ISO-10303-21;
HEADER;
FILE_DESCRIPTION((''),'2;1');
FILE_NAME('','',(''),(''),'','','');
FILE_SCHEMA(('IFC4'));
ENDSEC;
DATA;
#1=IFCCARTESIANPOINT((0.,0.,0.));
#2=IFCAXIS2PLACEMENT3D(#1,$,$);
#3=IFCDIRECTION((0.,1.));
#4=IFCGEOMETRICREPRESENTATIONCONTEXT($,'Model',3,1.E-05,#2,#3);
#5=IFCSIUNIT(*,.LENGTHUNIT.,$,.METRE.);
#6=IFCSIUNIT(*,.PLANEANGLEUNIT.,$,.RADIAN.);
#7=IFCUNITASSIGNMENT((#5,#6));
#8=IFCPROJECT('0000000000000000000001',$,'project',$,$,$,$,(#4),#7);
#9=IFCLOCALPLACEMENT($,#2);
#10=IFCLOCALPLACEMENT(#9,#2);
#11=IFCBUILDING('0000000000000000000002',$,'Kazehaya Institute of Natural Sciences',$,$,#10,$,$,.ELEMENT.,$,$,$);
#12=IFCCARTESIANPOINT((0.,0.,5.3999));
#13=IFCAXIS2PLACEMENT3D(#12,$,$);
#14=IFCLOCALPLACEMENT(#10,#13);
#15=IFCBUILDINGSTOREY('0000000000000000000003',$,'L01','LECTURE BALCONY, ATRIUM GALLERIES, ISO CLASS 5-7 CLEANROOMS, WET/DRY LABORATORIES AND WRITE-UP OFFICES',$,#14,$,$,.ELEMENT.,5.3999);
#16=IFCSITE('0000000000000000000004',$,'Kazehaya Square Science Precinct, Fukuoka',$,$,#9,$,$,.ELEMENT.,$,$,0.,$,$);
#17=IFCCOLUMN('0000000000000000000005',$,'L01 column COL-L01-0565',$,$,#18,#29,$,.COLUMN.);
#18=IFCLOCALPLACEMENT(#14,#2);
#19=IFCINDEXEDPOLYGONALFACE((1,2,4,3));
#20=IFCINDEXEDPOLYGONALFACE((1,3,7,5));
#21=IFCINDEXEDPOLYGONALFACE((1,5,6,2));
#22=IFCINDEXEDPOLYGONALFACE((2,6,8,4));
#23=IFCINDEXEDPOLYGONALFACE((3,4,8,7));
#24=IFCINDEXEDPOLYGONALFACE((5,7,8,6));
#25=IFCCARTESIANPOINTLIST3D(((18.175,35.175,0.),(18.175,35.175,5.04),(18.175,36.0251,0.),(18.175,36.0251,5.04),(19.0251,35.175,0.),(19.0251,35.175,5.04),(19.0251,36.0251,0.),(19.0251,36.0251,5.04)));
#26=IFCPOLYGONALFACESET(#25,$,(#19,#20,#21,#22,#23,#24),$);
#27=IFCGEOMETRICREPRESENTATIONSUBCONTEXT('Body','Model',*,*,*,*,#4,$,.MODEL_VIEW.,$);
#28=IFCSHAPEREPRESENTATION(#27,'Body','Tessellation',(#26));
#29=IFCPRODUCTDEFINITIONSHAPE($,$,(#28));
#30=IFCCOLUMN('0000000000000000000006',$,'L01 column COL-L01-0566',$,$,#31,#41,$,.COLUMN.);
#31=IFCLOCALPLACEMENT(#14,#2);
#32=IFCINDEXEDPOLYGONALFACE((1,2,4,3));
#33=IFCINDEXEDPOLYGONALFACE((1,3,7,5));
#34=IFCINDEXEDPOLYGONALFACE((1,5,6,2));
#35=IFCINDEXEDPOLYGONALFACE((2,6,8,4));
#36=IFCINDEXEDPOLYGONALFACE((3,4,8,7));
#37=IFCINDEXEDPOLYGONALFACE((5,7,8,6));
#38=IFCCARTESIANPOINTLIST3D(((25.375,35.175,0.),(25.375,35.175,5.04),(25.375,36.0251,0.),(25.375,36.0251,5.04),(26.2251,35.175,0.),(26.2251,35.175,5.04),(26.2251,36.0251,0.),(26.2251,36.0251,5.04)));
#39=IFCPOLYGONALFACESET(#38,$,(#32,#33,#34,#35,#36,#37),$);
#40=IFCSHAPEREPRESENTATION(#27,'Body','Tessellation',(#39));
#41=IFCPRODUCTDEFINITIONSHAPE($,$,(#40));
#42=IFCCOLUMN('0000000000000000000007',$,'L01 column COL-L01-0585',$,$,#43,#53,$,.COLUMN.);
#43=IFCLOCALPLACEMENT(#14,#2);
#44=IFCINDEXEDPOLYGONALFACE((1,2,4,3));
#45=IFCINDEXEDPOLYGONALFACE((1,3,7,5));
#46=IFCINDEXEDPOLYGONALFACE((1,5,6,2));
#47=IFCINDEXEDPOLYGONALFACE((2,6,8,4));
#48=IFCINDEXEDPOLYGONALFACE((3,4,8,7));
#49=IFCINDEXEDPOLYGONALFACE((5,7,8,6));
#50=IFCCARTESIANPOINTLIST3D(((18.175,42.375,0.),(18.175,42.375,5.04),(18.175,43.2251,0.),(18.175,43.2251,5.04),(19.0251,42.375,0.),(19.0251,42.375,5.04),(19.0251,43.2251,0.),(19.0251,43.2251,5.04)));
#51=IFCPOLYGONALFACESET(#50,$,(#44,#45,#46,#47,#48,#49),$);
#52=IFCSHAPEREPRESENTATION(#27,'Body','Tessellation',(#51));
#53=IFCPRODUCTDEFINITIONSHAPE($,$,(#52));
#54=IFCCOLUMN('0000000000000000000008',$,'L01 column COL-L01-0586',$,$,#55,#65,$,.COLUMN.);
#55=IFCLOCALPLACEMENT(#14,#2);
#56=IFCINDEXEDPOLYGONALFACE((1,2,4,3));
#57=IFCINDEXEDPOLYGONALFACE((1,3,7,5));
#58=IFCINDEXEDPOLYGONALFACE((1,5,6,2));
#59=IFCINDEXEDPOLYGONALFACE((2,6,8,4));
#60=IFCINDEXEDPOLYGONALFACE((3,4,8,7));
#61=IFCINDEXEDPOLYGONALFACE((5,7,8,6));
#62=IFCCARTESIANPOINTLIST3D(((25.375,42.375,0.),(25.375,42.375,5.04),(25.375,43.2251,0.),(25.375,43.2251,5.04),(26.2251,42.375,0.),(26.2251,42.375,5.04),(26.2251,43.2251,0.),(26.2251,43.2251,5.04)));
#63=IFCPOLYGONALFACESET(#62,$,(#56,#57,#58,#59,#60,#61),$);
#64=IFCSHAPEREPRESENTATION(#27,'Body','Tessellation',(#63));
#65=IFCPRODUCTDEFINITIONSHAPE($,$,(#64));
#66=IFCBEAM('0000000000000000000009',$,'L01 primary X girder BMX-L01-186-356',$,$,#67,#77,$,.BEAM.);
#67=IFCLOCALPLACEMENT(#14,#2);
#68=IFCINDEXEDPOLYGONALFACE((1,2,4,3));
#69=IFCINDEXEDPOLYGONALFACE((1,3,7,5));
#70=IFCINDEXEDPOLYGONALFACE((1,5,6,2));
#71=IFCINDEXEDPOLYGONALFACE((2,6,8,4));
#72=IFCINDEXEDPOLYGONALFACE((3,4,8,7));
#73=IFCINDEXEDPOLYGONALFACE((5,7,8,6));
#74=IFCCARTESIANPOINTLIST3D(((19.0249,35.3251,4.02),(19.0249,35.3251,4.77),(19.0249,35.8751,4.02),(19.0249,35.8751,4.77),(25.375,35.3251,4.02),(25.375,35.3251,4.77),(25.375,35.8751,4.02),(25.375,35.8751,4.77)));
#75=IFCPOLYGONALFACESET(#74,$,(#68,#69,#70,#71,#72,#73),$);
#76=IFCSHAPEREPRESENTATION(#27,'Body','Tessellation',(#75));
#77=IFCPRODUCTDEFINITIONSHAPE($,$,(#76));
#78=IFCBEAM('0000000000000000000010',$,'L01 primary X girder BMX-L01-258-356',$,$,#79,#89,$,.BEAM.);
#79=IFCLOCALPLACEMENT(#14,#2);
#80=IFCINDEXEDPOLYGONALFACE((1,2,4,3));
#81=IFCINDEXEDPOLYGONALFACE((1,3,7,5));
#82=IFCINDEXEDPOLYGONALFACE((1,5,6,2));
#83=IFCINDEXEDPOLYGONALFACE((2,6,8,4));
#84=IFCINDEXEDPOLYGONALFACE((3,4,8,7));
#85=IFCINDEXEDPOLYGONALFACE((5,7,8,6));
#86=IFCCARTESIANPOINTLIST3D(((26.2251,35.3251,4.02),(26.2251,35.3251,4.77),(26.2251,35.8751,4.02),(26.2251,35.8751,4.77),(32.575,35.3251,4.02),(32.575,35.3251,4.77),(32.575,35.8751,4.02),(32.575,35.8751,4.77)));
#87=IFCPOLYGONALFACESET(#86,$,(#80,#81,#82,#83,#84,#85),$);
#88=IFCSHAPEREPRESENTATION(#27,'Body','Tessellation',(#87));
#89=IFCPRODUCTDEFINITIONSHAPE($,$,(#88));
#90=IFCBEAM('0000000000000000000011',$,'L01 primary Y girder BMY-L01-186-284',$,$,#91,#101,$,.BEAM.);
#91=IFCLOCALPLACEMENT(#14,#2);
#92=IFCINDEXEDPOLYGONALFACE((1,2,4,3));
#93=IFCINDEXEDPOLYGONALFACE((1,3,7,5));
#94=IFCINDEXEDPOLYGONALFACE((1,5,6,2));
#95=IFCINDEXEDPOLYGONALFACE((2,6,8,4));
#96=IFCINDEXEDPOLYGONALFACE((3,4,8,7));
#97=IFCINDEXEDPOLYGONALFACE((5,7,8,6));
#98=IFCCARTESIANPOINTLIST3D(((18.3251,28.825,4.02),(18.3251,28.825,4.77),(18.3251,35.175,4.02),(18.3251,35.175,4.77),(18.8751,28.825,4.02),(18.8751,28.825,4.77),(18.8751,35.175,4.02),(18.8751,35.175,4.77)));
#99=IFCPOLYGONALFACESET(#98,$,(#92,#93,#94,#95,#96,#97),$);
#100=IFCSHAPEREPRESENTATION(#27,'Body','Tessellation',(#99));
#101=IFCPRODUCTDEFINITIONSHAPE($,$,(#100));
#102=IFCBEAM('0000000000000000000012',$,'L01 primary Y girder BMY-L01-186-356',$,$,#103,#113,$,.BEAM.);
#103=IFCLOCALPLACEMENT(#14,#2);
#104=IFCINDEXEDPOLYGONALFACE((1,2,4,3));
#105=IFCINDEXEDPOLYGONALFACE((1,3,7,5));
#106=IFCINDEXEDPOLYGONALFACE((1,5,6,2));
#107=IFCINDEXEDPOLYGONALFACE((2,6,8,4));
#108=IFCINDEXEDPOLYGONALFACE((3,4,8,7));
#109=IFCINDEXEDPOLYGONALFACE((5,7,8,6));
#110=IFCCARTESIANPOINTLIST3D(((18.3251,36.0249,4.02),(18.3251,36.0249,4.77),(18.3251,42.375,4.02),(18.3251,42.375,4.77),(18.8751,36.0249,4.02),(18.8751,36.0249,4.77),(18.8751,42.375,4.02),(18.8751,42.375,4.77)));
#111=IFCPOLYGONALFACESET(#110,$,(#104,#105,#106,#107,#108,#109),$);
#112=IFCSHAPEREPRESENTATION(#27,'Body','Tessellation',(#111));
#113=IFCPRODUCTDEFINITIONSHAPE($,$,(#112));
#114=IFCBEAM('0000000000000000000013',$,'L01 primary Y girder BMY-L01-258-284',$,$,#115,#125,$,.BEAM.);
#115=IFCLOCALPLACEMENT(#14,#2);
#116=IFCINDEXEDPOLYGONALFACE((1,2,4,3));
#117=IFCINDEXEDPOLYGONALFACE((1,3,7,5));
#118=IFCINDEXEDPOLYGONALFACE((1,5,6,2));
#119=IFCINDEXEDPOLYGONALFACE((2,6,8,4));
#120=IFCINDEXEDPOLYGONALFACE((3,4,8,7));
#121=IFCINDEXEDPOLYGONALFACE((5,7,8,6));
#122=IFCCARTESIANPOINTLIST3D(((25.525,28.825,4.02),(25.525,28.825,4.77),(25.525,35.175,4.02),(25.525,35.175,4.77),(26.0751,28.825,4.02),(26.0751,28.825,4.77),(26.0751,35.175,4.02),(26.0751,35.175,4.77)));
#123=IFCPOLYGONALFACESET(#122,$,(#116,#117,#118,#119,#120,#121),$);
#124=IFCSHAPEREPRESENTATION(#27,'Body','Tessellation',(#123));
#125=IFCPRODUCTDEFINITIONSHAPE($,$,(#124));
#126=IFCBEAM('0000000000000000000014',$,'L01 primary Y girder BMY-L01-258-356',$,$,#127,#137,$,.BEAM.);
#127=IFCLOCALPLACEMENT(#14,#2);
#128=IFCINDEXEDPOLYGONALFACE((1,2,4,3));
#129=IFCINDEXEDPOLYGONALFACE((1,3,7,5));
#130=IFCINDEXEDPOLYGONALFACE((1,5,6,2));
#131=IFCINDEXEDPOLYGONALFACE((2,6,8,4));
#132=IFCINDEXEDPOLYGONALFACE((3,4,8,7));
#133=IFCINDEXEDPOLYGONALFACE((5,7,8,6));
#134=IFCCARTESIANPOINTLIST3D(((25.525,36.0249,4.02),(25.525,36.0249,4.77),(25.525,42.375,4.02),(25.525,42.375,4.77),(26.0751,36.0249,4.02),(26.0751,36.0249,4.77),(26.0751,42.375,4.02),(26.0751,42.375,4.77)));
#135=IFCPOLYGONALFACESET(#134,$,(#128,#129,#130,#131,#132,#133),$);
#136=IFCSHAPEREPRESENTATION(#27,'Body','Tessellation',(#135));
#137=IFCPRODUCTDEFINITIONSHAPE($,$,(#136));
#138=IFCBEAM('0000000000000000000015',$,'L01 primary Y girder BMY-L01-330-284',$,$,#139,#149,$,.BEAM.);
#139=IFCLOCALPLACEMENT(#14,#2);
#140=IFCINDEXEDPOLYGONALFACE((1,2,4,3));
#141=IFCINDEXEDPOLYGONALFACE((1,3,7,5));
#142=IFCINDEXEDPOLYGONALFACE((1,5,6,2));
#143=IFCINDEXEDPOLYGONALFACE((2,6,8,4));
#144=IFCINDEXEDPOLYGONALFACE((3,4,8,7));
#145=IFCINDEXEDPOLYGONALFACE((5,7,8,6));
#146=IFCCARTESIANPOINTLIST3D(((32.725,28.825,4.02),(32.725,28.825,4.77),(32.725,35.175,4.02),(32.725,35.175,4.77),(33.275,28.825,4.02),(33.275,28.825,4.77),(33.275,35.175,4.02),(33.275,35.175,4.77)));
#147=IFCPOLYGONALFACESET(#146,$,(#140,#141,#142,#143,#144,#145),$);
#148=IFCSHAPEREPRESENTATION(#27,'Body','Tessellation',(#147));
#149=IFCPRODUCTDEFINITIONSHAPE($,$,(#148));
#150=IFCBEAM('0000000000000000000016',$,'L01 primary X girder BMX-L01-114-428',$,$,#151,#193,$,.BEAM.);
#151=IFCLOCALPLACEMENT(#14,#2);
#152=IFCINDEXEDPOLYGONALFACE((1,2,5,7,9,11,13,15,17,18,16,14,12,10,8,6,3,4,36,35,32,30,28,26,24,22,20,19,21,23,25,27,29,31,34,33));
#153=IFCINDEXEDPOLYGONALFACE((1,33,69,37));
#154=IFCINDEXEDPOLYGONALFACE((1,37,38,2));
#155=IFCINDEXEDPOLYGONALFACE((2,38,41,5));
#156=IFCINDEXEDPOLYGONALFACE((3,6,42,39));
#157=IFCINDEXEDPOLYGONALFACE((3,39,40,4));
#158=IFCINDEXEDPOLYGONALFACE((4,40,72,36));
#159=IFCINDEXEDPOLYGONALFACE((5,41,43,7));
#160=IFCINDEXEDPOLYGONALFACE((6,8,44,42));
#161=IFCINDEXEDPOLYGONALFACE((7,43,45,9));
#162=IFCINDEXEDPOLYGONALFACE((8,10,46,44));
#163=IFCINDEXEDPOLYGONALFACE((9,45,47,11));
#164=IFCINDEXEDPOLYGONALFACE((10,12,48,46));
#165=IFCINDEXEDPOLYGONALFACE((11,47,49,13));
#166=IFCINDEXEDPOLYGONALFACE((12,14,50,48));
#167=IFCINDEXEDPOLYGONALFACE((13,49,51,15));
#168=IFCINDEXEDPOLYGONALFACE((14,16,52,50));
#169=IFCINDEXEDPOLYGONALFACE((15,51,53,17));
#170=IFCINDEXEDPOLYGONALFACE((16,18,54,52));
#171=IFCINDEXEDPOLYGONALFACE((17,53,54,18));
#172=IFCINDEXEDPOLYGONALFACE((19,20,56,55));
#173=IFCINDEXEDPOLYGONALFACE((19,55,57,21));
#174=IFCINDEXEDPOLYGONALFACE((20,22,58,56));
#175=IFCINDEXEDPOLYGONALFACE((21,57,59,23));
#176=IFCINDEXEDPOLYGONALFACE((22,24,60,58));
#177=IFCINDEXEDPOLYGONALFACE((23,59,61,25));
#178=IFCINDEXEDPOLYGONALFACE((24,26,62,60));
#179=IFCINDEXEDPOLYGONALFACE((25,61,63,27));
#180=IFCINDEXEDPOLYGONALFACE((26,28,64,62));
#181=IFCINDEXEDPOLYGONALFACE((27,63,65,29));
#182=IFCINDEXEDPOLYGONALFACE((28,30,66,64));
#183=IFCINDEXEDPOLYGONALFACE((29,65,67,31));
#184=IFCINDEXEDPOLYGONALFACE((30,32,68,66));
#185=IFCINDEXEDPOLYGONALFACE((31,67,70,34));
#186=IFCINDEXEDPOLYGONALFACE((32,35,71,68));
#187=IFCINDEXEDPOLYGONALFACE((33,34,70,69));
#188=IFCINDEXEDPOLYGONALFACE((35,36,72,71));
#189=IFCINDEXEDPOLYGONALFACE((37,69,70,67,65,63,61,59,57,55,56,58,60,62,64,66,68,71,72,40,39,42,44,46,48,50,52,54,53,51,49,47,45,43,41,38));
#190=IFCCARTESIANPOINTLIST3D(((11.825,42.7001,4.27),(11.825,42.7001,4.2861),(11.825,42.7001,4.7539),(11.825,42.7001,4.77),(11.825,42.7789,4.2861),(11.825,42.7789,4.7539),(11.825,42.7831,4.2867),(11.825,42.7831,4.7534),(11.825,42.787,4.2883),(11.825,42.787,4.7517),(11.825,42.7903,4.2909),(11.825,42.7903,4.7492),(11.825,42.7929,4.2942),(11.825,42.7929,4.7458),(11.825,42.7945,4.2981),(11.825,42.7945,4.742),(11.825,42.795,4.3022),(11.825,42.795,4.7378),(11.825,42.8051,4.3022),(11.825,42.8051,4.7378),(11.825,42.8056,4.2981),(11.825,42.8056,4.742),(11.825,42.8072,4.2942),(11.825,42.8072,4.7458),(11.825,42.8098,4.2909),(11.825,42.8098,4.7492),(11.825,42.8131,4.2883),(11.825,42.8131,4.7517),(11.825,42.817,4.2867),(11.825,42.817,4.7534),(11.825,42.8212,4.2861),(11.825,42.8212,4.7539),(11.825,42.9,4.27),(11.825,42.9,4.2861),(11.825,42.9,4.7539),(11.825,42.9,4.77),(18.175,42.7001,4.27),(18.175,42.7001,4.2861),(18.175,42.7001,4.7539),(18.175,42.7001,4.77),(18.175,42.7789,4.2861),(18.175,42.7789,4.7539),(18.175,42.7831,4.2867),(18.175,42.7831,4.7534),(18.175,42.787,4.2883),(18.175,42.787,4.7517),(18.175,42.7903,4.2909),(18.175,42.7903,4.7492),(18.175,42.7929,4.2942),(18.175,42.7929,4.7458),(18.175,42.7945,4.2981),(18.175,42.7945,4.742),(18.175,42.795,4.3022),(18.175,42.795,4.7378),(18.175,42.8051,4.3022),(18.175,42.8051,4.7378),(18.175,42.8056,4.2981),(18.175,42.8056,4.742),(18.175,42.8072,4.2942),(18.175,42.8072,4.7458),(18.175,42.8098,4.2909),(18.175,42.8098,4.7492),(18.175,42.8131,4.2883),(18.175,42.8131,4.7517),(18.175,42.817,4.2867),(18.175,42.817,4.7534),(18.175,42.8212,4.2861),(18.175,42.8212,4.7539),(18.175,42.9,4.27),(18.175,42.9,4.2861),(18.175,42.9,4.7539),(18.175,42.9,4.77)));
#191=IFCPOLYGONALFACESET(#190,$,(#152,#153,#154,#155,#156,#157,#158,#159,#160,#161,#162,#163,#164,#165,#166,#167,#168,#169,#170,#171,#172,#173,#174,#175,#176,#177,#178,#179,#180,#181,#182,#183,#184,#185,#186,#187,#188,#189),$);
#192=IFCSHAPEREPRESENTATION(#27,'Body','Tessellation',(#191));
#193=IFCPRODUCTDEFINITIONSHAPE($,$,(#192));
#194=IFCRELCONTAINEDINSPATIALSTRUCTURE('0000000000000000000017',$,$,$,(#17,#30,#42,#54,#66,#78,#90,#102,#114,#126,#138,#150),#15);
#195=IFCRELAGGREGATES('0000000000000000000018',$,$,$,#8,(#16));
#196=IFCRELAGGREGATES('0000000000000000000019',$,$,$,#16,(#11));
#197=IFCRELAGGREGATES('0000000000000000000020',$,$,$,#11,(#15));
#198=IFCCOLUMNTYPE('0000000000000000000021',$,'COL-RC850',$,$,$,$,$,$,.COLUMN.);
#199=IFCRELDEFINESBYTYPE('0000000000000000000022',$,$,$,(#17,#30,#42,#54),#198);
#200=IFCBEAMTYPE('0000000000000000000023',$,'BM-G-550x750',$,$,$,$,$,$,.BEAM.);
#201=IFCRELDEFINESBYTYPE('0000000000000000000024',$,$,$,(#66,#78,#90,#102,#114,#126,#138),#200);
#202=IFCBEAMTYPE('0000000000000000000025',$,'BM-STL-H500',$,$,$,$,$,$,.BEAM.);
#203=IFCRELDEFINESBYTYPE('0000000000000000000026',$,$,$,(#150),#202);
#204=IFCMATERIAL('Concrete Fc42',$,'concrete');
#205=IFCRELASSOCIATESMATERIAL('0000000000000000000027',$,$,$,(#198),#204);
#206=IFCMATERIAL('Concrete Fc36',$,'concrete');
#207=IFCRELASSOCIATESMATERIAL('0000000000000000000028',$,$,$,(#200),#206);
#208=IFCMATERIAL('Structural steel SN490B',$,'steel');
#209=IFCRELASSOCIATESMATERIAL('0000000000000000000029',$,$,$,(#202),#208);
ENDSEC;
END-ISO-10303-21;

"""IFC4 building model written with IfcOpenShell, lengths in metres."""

from ifc_helpers import new_model, si_unit, direction, frame, origin, origin_2d, place, context, subcontext, project, spatial, rectangle, i_section, extrude, material, material_profile, profile_set, type_object, element, save


model = new_model("IFC4")

# Units and contexts
model_context = context("Model", 3, precision=1e-05, world=origin(), true_north=direction((0.0, 1.0)))
body_context = subcontext(model_context, "Body", "Model", "MODEL_VIEW")
ifc_project = project(units=[si_unit("LENGTHUNIT", "METRE"), si_unit("PLANEANGLEUNIT", "RADIAN")], contexts=[model_context])

# Site, building, storey
site_placement = place(None, origin())
site = spatial("IfcSite", under=ifc_project, at=site_placement, Name="Kazehaya Square Science Precinct, Fukuoka", CompositionType="ELEMENT", RefElevation=0.0)
building_placement = place(site_placement, origin())
building = spatial("IfcBuilding", under=site, at=building_placement, Name="Kazehaya Institute of Natural Sciences", CompositionType="ELEMENT")
storey_placement = place(building_placement, frame((0.0, 0.0, 5.3999)))
storey = spatial("IfcBuildingStorey", under=building, at=storey_placement, Name="L01", Description="LECTURE BALCONY, ATRIUM GALLERIES, ISO CLASS 5-7 CLEANROOMS, WET/DRY LABORATORIES AND WRITE-UP OFFICES", CompositionType="ELEMENT", Elevation=5.3999)

# Columns
ifc_material_1 = material(Name="Concrete Fc42", Category="concrete")
ifc_material_profile_1 = material_profile(ifc_material_1, rectangle(XDim=0.8501, YDim=0.8501, at=origin_2d()), Name="RC-850x850")
ifc_profile_set_1 = profile_set([ifc_material_profile_1], Name="Concrete Fc42")
column_type = type_object("IfcColumnType", Name="COL-RC850", PredefinedType="COLUMN", material=ifc_profile_set_1)
for number, where, z_axis, x_axis, name in (
    (1, (18.6001, 35.6001, 0.0), (0.0, 0.0, 1.0), (1.0, 0.0, 0.0), "L01 column COL-L01-0565"),
    (2, (25.8, 35.6001, 0.0), (0.0, 0.0, 1.0), (1.0, 0.0, 0.0), "L01 column COL-L01-0566"),
    (3, (18.6001, 42.8, 0.0), (0.0, 0.0, 1.0), (1.0, 0.0, 0.0), "L01 column COL-L01-0585"),
    (4, (25.8, 42.8, 0.0), (0.0, 0.0, 1.0), (1.0, 0.0, 0.0), "L01 column COL-L01-0586"),
):
    element("IfcColumn", number, at=place(storey_placement, frame(where, z_axis=z_axis, x_axis=x_axis)), inside=storey, type_object=column_type, Name=name, PredefinedType="COLUMN", context=body_context, shape_type="SweptSolid", body=[
        extrude(rectangle(XDim=0.8501, YDim=0.8501, at=origin_2d()), origin(), (0.0, 0.0, 1.0), 5.04),
    ])

# Beams
ifc_material_2 = material(Name="Concrete Fc36", Category="concrete")
ifc_material_profile_2 = material_profile(ifc_material_2, rectangle(XDim=0.55, YDim=0.75, at=origin_2d()), Name="RC-550x750")
ifc_profile_set_2 = profile_set([ifc_material_profile_2], Name="Concrete Fc36")
beam_type_1 = type_object("IfcBeamType", Name="BM-G-550x750", PredefinedType="BEAM", material=ifc_profile_set_2)
beam_1_placement = place(storey_placement, frame((19.0249, 35.6001, 4.395), z_axis=(1.0, 0.0, 0.0), x_axis=(0.0, 1.0, 0.0)))
element("IfcBeam", 5, at=beam_1_placement, inside=storey, type_object=beam_type_1, Name="L01 primary X girder BMX-L01-186-356", PredefinedType="BEAM", context=body_context, shape_type="SweptSolid", body=[
    extrude(rectangle(XDim=0.55, YDim=0.75, at=origin_2d()), origin(), (0.0, 0.0, 1.0), 6.3501),
])
beam_2_placement = place(storey_placement, frame((26.2251, 35.6001, 4.395), z_axis=(1.0, 0.0, 0.0), x_axis=(0.0, 1.0, 0.0)))
element("IfcBeam", 6, at=beam_2_placement, inside=storey, type_object=beam_type_1, Name="L01 primary X girder BMX-L01-258-356", PredefinedType="BEAM", context=body_context, shape_type="SweptSolid", body=[
    extrude(rectangle(XDim=0.55, YDim=0.75, at=origin_2d()), origin(), (0.0, 0.0, 1.0), 6.3499),
])
for number, where, z_axis, x_axis, name in (
    (7, (18.6001, 28.825, 4.395), (0.0, 1.0, 0.0), (-1.0, 0.0, 0.0), "L01 primary Y girder BMY-L01-186-284"),
    (8, (18.6001, 36.0249, 4.395), (0.0, 1.0, 0.0), (-1.0, 0.0, 0.0), "L01 primary Y girder BMY-L01-186-356"),
    (9, (25.8, 28.825, 4.395), (0.0, 1.0, 0.0), (-1.0, 0.0, 0.0), "L01 primary Y girder BMY-L01-258-284"),
    (10, (25.8, 36.0249, 4.395), (0.0, 1.0, 0.0), (-1.0, 0.0, 0.0), "L01 primary Y girder BMY-L01-258-356"),
    (11, (33.0, 28.825, 4.395), (0.0, 1.0, 0.0), (-1.0, 0.0, 0.0), "L01 primary Y girder BMY-L01-330-284"),
):
    element("IfcBeam", number, at=place(storey_placement, frame(where, z_axis=z_axis, x_axis=x_axis)), inside=storey, type_object=beam_type_1, Name=name, PredefinedType="BEAM", context=body_context, shape_type="SweptSolid", body=[
        extrude(rectangle(XDim=0.55, YDim=0.75, at=origin_2d()), origin(), (0.0, 0.0, 1.0), 6.3501),
    ])
ifc_material_3 = material(Name="Structural steel SN490B", Category="steel")
ifc_material_profile_3 = material_profile(ifc_material_3, i_section(OverallWidth=0.2, OverallDepth=0.5, WebThickness=0.01, FlangeThickness=0.0161, FilletRadius=0.0161, at=origin_2d()), Name="H-500x200x10x16")
ifc_profile_set_3 = profile_set([ifc_material_profile_3], Name="Structural steel SN490B")
beam_type_2 = type_object("IfcBeamType", Name="BM-STL-H500", PredefinedType="BEAM", material=ifc_profile_set_3)
for number, where, z_axis, x_axis, name in (
    (12, (11.825, 42.8, 4.52), (1.0, 0.0, 0.0), (0.0, 1.0, 0.0), "L01 primary X girder BMX-L01-114-428"),
):
    element("IfcBeam", number, at=place(storey_placement, frame(where, z_axis=z_axis, x_axis=x_axis)), inside=storey, type_object=beam_type_2, Name=name, PredefinedType="BEAM", context=body_context, shape_type="SweptSolid", body=[
        extrude(i_section(OverallWidth=0.2, OverallDepth=0.5, WebThickness=0.01, FlangeThickness=0.0161, FilletRadius=0.0161, at=origin_2d()), origin(), (0.0, 0.0, 1.0), 6.3501),
    ])

save(model, "model.ifc")
